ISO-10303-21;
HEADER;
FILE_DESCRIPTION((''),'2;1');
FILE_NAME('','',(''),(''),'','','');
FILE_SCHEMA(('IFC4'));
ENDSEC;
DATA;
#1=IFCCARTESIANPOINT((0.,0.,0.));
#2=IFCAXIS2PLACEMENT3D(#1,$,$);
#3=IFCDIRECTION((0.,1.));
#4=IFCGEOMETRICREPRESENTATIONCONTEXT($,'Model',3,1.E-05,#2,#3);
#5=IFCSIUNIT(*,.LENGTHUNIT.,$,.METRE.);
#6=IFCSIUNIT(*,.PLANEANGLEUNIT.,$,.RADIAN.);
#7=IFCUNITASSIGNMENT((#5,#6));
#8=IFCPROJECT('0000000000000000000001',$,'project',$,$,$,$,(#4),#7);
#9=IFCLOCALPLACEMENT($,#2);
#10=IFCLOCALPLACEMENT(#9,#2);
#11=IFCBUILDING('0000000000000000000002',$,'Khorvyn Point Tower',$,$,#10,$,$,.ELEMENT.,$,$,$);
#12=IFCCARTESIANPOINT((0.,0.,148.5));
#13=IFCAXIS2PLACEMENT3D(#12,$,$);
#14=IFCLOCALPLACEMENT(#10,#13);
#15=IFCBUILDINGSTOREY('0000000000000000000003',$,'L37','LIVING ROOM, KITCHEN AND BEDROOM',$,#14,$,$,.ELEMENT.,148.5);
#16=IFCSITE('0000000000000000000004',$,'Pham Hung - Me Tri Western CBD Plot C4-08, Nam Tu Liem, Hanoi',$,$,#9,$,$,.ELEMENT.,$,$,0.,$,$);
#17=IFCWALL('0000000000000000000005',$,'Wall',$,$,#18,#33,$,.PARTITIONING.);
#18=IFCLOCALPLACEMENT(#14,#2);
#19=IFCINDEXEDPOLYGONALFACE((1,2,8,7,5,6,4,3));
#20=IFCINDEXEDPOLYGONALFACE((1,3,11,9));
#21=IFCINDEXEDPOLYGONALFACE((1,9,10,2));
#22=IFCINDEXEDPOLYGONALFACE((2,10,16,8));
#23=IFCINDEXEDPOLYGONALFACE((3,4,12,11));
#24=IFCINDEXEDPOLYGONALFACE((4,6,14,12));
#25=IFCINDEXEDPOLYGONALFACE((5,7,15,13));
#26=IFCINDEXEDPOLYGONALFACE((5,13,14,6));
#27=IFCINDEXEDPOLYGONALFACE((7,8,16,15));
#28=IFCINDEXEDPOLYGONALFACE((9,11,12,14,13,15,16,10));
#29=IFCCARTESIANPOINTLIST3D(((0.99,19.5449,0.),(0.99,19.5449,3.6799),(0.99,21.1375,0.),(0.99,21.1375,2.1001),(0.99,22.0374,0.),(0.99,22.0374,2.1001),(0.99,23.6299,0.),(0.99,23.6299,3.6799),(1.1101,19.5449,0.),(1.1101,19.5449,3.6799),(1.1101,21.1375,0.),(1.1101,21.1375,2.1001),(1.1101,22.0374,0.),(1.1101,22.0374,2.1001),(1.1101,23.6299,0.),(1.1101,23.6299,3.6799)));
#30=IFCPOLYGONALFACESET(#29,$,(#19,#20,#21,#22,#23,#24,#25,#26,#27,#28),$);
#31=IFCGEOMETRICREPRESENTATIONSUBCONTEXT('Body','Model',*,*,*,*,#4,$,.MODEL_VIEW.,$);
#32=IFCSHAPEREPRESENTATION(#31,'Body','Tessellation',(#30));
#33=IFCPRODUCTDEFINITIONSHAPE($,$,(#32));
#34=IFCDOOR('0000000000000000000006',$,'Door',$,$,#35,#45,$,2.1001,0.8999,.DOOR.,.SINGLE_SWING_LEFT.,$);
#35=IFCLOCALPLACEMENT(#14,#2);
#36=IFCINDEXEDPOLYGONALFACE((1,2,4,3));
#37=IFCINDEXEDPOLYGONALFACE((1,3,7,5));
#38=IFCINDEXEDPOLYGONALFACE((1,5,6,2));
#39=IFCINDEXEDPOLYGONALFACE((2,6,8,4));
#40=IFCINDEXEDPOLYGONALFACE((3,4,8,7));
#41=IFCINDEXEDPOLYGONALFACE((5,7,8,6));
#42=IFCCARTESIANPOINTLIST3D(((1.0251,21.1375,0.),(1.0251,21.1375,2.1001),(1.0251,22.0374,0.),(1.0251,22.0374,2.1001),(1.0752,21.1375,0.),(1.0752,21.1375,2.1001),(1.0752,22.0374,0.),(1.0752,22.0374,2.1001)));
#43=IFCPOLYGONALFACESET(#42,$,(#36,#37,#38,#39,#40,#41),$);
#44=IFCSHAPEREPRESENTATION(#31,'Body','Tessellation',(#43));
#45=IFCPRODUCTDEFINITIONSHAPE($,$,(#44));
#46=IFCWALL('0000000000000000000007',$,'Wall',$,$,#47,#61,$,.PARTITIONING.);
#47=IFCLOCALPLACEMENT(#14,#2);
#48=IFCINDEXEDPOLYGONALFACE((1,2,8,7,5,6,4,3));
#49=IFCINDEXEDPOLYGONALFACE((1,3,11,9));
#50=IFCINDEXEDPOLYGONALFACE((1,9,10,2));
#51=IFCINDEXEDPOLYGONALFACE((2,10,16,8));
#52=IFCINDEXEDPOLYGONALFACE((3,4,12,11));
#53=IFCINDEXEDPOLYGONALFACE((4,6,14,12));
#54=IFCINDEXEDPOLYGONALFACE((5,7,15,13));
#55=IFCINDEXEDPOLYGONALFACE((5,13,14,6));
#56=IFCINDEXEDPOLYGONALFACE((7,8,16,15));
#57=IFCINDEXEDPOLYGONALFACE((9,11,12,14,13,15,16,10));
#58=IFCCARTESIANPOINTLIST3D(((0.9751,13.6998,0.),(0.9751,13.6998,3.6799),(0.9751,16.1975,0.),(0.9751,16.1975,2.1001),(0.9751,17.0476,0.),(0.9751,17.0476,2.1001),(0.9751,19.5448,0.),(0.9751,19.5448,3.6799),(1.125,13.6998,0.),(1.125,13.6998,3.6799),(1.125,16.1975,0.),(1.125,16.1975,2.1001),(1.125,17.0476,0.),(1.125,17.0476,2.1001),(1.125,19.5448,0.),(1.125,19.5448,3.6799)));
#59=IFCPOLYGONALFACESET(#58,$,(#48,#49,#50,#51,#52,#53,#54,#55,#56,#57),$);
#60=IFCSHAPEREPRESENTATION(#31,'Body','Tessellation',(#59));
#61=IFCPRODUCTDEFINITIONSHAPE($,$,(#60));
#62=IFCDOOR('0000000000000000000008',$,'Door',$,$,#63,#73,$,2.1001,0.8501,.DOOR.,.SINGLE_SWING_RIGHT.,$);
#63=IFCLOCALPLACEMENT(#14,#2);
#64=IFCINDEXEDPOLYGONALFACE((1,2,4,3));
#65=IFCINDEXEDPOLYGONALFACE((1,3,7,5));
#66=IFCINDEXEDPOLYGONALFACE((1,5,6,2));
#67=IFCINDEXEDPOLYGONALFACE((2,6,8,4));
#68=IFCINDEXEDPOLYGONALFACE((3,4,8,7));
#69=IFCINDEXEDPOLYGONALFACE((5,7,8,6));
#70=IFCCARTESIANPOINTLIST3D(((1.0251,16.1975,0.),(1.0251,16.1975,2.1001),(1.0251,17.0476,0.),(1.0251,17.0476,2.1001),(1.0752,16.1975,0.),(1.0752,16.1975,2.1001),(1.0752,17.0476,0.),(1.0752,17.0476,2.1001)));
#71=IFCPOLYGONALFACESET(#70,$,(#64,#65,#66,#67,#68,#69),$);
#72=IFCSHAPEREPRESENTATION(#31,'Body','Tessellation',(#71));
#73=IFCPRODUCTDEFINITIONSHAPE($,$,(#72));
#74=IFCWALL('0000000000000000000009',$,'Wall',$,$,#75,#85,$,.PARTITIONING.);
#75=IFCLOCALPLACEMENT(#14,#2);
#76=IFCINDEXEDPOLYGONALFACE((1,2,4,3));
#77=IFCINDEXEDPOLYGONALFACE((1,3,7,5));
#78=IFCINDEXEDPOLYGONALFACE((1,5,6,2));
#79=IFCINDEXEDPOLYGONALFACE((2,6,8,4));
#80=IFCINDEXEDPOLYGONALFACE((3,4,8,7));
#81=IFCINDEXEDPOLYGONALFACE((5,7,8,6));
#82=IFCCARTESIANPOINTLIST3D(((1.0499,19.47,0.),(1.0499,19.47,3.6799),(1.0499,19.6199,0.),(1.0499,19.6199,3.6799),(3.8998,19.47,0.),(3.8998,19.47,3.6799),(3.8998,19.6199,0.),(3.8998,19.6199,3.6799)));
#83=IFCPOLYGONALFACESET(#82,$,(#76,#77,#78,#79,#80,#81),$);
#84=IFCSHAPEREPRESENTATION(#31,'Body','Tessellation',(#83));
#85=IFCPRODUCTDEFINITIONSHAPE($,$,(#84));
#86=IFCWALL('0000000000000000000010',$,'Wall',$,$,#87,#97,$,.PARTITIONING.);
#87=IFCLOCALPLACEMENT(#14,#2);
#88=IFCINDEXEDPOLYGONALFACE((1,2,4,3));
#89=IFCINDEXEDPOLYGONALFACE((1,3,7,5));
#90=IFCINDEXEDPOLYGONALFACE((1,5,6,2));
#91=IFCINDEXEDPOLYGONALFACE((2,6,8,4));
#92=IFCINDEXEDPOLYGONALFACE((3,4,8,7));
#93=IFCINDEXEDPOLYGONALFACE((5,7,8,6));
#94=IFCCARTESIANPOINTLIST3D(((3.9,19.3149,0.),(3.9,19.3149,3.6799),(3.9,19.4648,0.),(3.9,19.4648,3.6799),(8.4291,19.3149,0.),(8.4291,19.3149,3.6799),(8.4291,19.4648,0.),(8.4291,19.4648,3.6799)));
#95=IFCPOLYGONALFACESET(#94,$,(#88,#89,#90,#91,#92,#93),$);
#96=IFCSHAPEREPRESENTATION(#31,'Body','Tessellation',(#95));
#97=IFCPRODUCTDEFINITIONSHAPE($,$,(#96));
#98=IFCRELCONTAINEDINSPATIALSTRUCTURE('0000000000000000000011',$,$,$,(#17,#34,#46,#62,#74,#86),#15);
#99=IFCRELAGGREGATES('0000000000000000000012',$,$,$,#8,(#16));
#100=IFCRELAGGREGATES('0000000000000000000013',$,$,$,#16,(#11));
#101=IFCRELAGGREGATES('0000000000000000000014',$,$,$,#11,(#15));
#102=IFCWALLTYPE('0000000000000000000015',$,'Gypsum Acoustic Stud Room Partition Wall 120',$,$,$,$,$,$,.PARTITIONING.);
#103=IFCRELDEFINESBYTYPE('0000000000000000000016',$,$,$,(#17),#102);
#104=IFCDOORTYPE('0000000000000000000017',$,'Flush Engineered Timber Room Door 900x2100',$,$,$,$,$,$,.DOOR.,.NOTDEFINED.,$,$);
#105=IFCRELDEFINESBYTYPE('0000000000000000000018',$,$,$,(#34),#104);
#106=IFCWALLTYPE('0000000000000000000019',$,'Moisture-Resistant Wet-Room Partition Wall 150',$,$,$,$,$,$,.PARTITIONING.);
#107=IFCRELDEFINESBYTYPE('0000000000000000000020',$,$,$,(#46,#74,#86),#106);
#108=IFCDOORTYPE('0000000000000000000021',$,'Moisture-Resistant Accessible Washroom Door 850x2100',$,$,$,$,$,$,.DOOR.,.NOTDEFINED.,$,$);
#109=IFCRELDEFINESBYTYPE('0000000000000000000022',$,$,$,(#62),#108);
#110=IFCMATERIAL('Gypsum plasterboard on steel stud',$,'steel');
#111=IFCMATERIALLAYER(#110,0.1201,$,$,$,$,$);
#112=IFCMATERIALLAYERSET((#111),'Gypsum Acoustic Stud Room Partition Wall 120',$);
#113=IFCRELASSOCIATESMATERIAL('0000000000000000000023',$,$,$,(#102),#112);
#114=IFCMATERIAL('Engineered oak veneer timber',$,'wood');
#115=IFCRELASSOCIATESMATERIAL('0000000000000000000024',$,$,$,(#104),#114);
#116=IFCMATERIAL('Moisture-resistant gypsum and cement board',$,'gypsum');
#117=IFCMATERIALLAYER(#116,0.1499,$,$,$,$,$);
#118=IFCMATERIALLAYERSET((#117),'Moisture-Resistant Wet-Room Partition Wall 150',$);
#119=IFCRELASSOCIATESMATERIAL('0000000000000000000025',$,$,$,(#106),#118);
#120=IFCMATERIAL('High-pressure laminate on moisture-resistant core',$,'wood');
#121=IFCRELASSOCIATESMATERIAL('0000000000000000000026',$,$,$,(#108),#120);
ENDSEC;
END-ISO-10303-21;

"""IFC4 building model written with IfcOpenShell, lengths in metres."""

from ifc_helpers import new_model, si_unit, direction, frame, frame_2d, origin, place, context, subcontext, project, spatial, rectangle, extrude, material, layer, layer_set, type_object, element, fill, save


model = new_model("IFC4")

# Units and contexts
model_context = context("Model", 3, precision=1e-05, world=origin(), true_north=direction((0.0, 1.0)))
body_context = subcontext(model_context, "Body", "Model", "MODEL_VIEW")
ifc_project = project(units=[si_unit("LENGTHUNIT", "METRE"), si_unit("PLANEANGLEUNIT", "RADIAN")], contexts=[model_context])

# Site, building, storey
site_placement = place(None, origin())
site = spatial("IfcSite", under=ifc_project, at=site_placement, Name="Pham Hung - Me Tri Western CBD Plot C4-08, Nam Tu Liem, Hanoi", CompositionType="ELEMENT", RefElevation=0.0)
building_placement = place(site_placement, origin())
building = spatial("IfcBuilding", under=site, at=building_placement, Name="Khorvyn Point Tower", CompositionType="ELEMENT")
storey_placement = place(building_placement, frame((0.0, 0.0, 148.5)))
storey = spatial("IfcBuildingStorey", under=building, at=storey_placement, Name="L37", Description="LIVING ROOM, KITCHEN AND BEDROOM", CompositionType="ELEMENT", Elevation=148.5)

# Walls, openings, doors
ifc_material_1 = material(Name="Gypsum plasterboard on steel stud", Category="steel")
ifc_layer_1 = layer(ifc_material_1, 0.1201)
ifc_layer_set_1 = layer_set([ifc_layer_1], Name="Gypsum Acoustic Stud Room Partition Wall 120")
wall_type_1 = type_object("IfcWallType", Name="Gypsum Acoustic Stud Room Partition Wall 120", PredefinedType="PARTITIONING", material=ifc_layer_set_1)
wall_1_placement = place(storey_placement, frame((1.05, 19.5449, 0.0), z_axis=(0.0, 0.0, 1.0), x_axis=(0.0, 1.0, 0.0)))
wall_1 = element("IfcWall", 1, at=wall_1_placement, inside=storey, type_object=wall_type_1, Name="Wall", PredefinedType="PARTITIONING", context=body_context, shape_type="SweptSolid", body=[
    extrude(rectangle(XDim=4.085, YDim=0.1201, at=frame_2d((2.0425, 0.0))), origin(), (0.0, 0.0, 1.0), 3.6799),
])
opening_1_placement = place(wall_1_placement, frame((1.5925, 0.0, 0.0)))
opening_1 = element("IfcOpeningElement", 2, at=opening_1_placement, cuts=wall_1, PredefinedType="OPENING", context=body_context, shape_type="SweptSolid", body=[
    extrude(rectangle(XDim=0.8999, YDim=2.1001, at=frame_2d((0.45, 1.05))), frame((0.0, 0.0701, 0.0), z_axis=(0.0, -1.0, 0.0), x_axis=(1.0, 0.0, 0.0)), (0.0, 0.0, 1.0), 0.1401),
])
ifc_material_2 = material(Name="Engineered oak veneer timber", Category="wood")
door_type_1 = type_object("IfcDoorType", Name="Flush Engineered Timber Room Door 900x2100", OperationType="NOTDEFINED", PredefinedType="DOOR", material=ifc_material_2)
door_1_placement = place(opening_1_placement, origin())
door_1 = element("IfcDoor", 3, at=door_1_placement, inside=storey, type_object=door_type_1, Name="Door", OperationType="SINGLE_SWING_LEFT", OverallHeight=2.1001, OverallWidth=0.8999, PredefinedType="DOOR", context=body_context, shape_type="SweptSolid", body=[
    extrude(rectangle(XDim=0.8999, YDim=2.1001, at=frame_2d((0.45, 1.05))), frame((0.0, 0.0249, 0.0), z_axis=(0.0, -1.0, 0.0), x_axis=(1.0, 0.0, 0.0)), (0.0, 0.0, 1.0), 0.05),
])
fill(opening_1, door_1)
ifc_material_3 = material(Name="Moisture-resistant gypsum and cement board", Category="gypsum")
ifc_layer_2 = layer(ifc_material_3, 0.1499)
ifc_layer_set_2 = layer_set([ifc_layer_2], Name="Moisture-Resistant Wet-Room Partition Wall 150")
wall_type_2 = type_object("IfcWallType", Name="Moisture-Resistant Wet-Room Partition Wall 150", PredefinedType="PARTITIONING", material=ifc_layer_set_2)
wall_2_placement = place(storey_placement, frame((1.05, 13.7, 0.0), z_axis=(0.0, 0.0, 1.0), x_axis=(0.0, 1.0, 0.0)))
wall_2 = element("IfcWall", 4, at=wall_2_placement, inside=storey, type_object=wall_type_2, Name="Wall", PredefinedType="PARTITIONING", context=body_context, shape_type="SweptSolid", body=[
    extrude(rectangle(XDim=5.845, YDim=0.1499, at=frame_2d((2.9224, 0.0))), origin(), (0.0, 0.0, 1.0), 3.6799),
])
opening_2_placement = place(wall_2_placement, frame((2.4976, 0.0, 0.0)))
opening_2 = element("IfcOpeningElement", 5, at=opening_2_placement, cuts=wall_2, PredefinedType="OPENING", context=body_context, shape_type="SweptSolid", body=[
    extrude(rectangle(XDim=0.8501, YDim=2.1001, at=frame_2d((0.425, 1.05))), frame((0.0, 0.085, 0.0), z_axis=(0.0, -1.0, 0.0), x_axis=(1.0, 0.0, 0.0)), (0.0, 0.0, 1.0), 0.1699),
])
ifc_material_4 = material(Name="High-pressure laminate on moisture-resistant core", Category="wood")
door_type_2 = type_object("IfcDoorType", Name="Moisture-Resistant Accessible Washroom Door 850x2100", OperationType="NOTDEFINED", PredefinedType="DOOR", material=ifc_material_4)
door_2_placement = place(opening_2_placement, origin())
door_2 = element("IfcDoor", 6, at=door_2_placement, inside=storey, type_object=door_type_2, Name="Door", OperationType="SINGLE_SWING_RIGHT", OverallHeight=2.1001, OverallWidth=0.8501, PredefinedType="DOOR", context=body_context, shape_type="SweptSolid", body=[
    extrude(rectangle(XDim=0.8501, YDim=2.1001, at=frame_2d((0.425, 1.05))), frame((0.0, 0.0249, 0.0), z_axis=(0.0, -1.0, 0.0), x_axis=(1.0, 0.0, 0.0)), (0.0, 0.0, 1.0), 0.05),
])
fill(opening_2, door_2)

# Walls
wall_3_placement = place(storey_placement, frame((1.05, 19.5449, 0.0), z_axis=(0.0, 0.0, 1.0), x_axis=(1.0, 0.0, 0.0)))
element("IfcWall", 7, at=wall_3_placement, inside=storey, type_object=wall_type_2, Name="Wall", PredefinedType="PARTITIONING", context=body_context, shape_type="SweptSolid", body=[
    extrude(rectangle(XDim=2.8499, YDim=0.1499, at=frame_2d((1.4248, 0.0))), origin(), (0.0, 0.0, 1.0), 3.6799),
])
wall_4_placement = place(storey_placement, frame((3.8999, 19.3899, 0.0), z_axis=(0.0, 0.0, 1.0), x_axis=(1.0, 0.0, 0.0)))
element("IfcWall", 8, at=wall_4_placement, inside=storey, type_object=wall_type_2, Name="Wall", PredefinedType="PARTITIONING", context=body_context, shape_type="SweptSolid", body=[
    extrude(rectangle(XDim=4.5291, YDim=0.1499, at=frame_2d((2.2646, 0.0))), origin(), (0.0, 0.0, 1.0), 3.6799),
])

save(model, "model.ifc")
